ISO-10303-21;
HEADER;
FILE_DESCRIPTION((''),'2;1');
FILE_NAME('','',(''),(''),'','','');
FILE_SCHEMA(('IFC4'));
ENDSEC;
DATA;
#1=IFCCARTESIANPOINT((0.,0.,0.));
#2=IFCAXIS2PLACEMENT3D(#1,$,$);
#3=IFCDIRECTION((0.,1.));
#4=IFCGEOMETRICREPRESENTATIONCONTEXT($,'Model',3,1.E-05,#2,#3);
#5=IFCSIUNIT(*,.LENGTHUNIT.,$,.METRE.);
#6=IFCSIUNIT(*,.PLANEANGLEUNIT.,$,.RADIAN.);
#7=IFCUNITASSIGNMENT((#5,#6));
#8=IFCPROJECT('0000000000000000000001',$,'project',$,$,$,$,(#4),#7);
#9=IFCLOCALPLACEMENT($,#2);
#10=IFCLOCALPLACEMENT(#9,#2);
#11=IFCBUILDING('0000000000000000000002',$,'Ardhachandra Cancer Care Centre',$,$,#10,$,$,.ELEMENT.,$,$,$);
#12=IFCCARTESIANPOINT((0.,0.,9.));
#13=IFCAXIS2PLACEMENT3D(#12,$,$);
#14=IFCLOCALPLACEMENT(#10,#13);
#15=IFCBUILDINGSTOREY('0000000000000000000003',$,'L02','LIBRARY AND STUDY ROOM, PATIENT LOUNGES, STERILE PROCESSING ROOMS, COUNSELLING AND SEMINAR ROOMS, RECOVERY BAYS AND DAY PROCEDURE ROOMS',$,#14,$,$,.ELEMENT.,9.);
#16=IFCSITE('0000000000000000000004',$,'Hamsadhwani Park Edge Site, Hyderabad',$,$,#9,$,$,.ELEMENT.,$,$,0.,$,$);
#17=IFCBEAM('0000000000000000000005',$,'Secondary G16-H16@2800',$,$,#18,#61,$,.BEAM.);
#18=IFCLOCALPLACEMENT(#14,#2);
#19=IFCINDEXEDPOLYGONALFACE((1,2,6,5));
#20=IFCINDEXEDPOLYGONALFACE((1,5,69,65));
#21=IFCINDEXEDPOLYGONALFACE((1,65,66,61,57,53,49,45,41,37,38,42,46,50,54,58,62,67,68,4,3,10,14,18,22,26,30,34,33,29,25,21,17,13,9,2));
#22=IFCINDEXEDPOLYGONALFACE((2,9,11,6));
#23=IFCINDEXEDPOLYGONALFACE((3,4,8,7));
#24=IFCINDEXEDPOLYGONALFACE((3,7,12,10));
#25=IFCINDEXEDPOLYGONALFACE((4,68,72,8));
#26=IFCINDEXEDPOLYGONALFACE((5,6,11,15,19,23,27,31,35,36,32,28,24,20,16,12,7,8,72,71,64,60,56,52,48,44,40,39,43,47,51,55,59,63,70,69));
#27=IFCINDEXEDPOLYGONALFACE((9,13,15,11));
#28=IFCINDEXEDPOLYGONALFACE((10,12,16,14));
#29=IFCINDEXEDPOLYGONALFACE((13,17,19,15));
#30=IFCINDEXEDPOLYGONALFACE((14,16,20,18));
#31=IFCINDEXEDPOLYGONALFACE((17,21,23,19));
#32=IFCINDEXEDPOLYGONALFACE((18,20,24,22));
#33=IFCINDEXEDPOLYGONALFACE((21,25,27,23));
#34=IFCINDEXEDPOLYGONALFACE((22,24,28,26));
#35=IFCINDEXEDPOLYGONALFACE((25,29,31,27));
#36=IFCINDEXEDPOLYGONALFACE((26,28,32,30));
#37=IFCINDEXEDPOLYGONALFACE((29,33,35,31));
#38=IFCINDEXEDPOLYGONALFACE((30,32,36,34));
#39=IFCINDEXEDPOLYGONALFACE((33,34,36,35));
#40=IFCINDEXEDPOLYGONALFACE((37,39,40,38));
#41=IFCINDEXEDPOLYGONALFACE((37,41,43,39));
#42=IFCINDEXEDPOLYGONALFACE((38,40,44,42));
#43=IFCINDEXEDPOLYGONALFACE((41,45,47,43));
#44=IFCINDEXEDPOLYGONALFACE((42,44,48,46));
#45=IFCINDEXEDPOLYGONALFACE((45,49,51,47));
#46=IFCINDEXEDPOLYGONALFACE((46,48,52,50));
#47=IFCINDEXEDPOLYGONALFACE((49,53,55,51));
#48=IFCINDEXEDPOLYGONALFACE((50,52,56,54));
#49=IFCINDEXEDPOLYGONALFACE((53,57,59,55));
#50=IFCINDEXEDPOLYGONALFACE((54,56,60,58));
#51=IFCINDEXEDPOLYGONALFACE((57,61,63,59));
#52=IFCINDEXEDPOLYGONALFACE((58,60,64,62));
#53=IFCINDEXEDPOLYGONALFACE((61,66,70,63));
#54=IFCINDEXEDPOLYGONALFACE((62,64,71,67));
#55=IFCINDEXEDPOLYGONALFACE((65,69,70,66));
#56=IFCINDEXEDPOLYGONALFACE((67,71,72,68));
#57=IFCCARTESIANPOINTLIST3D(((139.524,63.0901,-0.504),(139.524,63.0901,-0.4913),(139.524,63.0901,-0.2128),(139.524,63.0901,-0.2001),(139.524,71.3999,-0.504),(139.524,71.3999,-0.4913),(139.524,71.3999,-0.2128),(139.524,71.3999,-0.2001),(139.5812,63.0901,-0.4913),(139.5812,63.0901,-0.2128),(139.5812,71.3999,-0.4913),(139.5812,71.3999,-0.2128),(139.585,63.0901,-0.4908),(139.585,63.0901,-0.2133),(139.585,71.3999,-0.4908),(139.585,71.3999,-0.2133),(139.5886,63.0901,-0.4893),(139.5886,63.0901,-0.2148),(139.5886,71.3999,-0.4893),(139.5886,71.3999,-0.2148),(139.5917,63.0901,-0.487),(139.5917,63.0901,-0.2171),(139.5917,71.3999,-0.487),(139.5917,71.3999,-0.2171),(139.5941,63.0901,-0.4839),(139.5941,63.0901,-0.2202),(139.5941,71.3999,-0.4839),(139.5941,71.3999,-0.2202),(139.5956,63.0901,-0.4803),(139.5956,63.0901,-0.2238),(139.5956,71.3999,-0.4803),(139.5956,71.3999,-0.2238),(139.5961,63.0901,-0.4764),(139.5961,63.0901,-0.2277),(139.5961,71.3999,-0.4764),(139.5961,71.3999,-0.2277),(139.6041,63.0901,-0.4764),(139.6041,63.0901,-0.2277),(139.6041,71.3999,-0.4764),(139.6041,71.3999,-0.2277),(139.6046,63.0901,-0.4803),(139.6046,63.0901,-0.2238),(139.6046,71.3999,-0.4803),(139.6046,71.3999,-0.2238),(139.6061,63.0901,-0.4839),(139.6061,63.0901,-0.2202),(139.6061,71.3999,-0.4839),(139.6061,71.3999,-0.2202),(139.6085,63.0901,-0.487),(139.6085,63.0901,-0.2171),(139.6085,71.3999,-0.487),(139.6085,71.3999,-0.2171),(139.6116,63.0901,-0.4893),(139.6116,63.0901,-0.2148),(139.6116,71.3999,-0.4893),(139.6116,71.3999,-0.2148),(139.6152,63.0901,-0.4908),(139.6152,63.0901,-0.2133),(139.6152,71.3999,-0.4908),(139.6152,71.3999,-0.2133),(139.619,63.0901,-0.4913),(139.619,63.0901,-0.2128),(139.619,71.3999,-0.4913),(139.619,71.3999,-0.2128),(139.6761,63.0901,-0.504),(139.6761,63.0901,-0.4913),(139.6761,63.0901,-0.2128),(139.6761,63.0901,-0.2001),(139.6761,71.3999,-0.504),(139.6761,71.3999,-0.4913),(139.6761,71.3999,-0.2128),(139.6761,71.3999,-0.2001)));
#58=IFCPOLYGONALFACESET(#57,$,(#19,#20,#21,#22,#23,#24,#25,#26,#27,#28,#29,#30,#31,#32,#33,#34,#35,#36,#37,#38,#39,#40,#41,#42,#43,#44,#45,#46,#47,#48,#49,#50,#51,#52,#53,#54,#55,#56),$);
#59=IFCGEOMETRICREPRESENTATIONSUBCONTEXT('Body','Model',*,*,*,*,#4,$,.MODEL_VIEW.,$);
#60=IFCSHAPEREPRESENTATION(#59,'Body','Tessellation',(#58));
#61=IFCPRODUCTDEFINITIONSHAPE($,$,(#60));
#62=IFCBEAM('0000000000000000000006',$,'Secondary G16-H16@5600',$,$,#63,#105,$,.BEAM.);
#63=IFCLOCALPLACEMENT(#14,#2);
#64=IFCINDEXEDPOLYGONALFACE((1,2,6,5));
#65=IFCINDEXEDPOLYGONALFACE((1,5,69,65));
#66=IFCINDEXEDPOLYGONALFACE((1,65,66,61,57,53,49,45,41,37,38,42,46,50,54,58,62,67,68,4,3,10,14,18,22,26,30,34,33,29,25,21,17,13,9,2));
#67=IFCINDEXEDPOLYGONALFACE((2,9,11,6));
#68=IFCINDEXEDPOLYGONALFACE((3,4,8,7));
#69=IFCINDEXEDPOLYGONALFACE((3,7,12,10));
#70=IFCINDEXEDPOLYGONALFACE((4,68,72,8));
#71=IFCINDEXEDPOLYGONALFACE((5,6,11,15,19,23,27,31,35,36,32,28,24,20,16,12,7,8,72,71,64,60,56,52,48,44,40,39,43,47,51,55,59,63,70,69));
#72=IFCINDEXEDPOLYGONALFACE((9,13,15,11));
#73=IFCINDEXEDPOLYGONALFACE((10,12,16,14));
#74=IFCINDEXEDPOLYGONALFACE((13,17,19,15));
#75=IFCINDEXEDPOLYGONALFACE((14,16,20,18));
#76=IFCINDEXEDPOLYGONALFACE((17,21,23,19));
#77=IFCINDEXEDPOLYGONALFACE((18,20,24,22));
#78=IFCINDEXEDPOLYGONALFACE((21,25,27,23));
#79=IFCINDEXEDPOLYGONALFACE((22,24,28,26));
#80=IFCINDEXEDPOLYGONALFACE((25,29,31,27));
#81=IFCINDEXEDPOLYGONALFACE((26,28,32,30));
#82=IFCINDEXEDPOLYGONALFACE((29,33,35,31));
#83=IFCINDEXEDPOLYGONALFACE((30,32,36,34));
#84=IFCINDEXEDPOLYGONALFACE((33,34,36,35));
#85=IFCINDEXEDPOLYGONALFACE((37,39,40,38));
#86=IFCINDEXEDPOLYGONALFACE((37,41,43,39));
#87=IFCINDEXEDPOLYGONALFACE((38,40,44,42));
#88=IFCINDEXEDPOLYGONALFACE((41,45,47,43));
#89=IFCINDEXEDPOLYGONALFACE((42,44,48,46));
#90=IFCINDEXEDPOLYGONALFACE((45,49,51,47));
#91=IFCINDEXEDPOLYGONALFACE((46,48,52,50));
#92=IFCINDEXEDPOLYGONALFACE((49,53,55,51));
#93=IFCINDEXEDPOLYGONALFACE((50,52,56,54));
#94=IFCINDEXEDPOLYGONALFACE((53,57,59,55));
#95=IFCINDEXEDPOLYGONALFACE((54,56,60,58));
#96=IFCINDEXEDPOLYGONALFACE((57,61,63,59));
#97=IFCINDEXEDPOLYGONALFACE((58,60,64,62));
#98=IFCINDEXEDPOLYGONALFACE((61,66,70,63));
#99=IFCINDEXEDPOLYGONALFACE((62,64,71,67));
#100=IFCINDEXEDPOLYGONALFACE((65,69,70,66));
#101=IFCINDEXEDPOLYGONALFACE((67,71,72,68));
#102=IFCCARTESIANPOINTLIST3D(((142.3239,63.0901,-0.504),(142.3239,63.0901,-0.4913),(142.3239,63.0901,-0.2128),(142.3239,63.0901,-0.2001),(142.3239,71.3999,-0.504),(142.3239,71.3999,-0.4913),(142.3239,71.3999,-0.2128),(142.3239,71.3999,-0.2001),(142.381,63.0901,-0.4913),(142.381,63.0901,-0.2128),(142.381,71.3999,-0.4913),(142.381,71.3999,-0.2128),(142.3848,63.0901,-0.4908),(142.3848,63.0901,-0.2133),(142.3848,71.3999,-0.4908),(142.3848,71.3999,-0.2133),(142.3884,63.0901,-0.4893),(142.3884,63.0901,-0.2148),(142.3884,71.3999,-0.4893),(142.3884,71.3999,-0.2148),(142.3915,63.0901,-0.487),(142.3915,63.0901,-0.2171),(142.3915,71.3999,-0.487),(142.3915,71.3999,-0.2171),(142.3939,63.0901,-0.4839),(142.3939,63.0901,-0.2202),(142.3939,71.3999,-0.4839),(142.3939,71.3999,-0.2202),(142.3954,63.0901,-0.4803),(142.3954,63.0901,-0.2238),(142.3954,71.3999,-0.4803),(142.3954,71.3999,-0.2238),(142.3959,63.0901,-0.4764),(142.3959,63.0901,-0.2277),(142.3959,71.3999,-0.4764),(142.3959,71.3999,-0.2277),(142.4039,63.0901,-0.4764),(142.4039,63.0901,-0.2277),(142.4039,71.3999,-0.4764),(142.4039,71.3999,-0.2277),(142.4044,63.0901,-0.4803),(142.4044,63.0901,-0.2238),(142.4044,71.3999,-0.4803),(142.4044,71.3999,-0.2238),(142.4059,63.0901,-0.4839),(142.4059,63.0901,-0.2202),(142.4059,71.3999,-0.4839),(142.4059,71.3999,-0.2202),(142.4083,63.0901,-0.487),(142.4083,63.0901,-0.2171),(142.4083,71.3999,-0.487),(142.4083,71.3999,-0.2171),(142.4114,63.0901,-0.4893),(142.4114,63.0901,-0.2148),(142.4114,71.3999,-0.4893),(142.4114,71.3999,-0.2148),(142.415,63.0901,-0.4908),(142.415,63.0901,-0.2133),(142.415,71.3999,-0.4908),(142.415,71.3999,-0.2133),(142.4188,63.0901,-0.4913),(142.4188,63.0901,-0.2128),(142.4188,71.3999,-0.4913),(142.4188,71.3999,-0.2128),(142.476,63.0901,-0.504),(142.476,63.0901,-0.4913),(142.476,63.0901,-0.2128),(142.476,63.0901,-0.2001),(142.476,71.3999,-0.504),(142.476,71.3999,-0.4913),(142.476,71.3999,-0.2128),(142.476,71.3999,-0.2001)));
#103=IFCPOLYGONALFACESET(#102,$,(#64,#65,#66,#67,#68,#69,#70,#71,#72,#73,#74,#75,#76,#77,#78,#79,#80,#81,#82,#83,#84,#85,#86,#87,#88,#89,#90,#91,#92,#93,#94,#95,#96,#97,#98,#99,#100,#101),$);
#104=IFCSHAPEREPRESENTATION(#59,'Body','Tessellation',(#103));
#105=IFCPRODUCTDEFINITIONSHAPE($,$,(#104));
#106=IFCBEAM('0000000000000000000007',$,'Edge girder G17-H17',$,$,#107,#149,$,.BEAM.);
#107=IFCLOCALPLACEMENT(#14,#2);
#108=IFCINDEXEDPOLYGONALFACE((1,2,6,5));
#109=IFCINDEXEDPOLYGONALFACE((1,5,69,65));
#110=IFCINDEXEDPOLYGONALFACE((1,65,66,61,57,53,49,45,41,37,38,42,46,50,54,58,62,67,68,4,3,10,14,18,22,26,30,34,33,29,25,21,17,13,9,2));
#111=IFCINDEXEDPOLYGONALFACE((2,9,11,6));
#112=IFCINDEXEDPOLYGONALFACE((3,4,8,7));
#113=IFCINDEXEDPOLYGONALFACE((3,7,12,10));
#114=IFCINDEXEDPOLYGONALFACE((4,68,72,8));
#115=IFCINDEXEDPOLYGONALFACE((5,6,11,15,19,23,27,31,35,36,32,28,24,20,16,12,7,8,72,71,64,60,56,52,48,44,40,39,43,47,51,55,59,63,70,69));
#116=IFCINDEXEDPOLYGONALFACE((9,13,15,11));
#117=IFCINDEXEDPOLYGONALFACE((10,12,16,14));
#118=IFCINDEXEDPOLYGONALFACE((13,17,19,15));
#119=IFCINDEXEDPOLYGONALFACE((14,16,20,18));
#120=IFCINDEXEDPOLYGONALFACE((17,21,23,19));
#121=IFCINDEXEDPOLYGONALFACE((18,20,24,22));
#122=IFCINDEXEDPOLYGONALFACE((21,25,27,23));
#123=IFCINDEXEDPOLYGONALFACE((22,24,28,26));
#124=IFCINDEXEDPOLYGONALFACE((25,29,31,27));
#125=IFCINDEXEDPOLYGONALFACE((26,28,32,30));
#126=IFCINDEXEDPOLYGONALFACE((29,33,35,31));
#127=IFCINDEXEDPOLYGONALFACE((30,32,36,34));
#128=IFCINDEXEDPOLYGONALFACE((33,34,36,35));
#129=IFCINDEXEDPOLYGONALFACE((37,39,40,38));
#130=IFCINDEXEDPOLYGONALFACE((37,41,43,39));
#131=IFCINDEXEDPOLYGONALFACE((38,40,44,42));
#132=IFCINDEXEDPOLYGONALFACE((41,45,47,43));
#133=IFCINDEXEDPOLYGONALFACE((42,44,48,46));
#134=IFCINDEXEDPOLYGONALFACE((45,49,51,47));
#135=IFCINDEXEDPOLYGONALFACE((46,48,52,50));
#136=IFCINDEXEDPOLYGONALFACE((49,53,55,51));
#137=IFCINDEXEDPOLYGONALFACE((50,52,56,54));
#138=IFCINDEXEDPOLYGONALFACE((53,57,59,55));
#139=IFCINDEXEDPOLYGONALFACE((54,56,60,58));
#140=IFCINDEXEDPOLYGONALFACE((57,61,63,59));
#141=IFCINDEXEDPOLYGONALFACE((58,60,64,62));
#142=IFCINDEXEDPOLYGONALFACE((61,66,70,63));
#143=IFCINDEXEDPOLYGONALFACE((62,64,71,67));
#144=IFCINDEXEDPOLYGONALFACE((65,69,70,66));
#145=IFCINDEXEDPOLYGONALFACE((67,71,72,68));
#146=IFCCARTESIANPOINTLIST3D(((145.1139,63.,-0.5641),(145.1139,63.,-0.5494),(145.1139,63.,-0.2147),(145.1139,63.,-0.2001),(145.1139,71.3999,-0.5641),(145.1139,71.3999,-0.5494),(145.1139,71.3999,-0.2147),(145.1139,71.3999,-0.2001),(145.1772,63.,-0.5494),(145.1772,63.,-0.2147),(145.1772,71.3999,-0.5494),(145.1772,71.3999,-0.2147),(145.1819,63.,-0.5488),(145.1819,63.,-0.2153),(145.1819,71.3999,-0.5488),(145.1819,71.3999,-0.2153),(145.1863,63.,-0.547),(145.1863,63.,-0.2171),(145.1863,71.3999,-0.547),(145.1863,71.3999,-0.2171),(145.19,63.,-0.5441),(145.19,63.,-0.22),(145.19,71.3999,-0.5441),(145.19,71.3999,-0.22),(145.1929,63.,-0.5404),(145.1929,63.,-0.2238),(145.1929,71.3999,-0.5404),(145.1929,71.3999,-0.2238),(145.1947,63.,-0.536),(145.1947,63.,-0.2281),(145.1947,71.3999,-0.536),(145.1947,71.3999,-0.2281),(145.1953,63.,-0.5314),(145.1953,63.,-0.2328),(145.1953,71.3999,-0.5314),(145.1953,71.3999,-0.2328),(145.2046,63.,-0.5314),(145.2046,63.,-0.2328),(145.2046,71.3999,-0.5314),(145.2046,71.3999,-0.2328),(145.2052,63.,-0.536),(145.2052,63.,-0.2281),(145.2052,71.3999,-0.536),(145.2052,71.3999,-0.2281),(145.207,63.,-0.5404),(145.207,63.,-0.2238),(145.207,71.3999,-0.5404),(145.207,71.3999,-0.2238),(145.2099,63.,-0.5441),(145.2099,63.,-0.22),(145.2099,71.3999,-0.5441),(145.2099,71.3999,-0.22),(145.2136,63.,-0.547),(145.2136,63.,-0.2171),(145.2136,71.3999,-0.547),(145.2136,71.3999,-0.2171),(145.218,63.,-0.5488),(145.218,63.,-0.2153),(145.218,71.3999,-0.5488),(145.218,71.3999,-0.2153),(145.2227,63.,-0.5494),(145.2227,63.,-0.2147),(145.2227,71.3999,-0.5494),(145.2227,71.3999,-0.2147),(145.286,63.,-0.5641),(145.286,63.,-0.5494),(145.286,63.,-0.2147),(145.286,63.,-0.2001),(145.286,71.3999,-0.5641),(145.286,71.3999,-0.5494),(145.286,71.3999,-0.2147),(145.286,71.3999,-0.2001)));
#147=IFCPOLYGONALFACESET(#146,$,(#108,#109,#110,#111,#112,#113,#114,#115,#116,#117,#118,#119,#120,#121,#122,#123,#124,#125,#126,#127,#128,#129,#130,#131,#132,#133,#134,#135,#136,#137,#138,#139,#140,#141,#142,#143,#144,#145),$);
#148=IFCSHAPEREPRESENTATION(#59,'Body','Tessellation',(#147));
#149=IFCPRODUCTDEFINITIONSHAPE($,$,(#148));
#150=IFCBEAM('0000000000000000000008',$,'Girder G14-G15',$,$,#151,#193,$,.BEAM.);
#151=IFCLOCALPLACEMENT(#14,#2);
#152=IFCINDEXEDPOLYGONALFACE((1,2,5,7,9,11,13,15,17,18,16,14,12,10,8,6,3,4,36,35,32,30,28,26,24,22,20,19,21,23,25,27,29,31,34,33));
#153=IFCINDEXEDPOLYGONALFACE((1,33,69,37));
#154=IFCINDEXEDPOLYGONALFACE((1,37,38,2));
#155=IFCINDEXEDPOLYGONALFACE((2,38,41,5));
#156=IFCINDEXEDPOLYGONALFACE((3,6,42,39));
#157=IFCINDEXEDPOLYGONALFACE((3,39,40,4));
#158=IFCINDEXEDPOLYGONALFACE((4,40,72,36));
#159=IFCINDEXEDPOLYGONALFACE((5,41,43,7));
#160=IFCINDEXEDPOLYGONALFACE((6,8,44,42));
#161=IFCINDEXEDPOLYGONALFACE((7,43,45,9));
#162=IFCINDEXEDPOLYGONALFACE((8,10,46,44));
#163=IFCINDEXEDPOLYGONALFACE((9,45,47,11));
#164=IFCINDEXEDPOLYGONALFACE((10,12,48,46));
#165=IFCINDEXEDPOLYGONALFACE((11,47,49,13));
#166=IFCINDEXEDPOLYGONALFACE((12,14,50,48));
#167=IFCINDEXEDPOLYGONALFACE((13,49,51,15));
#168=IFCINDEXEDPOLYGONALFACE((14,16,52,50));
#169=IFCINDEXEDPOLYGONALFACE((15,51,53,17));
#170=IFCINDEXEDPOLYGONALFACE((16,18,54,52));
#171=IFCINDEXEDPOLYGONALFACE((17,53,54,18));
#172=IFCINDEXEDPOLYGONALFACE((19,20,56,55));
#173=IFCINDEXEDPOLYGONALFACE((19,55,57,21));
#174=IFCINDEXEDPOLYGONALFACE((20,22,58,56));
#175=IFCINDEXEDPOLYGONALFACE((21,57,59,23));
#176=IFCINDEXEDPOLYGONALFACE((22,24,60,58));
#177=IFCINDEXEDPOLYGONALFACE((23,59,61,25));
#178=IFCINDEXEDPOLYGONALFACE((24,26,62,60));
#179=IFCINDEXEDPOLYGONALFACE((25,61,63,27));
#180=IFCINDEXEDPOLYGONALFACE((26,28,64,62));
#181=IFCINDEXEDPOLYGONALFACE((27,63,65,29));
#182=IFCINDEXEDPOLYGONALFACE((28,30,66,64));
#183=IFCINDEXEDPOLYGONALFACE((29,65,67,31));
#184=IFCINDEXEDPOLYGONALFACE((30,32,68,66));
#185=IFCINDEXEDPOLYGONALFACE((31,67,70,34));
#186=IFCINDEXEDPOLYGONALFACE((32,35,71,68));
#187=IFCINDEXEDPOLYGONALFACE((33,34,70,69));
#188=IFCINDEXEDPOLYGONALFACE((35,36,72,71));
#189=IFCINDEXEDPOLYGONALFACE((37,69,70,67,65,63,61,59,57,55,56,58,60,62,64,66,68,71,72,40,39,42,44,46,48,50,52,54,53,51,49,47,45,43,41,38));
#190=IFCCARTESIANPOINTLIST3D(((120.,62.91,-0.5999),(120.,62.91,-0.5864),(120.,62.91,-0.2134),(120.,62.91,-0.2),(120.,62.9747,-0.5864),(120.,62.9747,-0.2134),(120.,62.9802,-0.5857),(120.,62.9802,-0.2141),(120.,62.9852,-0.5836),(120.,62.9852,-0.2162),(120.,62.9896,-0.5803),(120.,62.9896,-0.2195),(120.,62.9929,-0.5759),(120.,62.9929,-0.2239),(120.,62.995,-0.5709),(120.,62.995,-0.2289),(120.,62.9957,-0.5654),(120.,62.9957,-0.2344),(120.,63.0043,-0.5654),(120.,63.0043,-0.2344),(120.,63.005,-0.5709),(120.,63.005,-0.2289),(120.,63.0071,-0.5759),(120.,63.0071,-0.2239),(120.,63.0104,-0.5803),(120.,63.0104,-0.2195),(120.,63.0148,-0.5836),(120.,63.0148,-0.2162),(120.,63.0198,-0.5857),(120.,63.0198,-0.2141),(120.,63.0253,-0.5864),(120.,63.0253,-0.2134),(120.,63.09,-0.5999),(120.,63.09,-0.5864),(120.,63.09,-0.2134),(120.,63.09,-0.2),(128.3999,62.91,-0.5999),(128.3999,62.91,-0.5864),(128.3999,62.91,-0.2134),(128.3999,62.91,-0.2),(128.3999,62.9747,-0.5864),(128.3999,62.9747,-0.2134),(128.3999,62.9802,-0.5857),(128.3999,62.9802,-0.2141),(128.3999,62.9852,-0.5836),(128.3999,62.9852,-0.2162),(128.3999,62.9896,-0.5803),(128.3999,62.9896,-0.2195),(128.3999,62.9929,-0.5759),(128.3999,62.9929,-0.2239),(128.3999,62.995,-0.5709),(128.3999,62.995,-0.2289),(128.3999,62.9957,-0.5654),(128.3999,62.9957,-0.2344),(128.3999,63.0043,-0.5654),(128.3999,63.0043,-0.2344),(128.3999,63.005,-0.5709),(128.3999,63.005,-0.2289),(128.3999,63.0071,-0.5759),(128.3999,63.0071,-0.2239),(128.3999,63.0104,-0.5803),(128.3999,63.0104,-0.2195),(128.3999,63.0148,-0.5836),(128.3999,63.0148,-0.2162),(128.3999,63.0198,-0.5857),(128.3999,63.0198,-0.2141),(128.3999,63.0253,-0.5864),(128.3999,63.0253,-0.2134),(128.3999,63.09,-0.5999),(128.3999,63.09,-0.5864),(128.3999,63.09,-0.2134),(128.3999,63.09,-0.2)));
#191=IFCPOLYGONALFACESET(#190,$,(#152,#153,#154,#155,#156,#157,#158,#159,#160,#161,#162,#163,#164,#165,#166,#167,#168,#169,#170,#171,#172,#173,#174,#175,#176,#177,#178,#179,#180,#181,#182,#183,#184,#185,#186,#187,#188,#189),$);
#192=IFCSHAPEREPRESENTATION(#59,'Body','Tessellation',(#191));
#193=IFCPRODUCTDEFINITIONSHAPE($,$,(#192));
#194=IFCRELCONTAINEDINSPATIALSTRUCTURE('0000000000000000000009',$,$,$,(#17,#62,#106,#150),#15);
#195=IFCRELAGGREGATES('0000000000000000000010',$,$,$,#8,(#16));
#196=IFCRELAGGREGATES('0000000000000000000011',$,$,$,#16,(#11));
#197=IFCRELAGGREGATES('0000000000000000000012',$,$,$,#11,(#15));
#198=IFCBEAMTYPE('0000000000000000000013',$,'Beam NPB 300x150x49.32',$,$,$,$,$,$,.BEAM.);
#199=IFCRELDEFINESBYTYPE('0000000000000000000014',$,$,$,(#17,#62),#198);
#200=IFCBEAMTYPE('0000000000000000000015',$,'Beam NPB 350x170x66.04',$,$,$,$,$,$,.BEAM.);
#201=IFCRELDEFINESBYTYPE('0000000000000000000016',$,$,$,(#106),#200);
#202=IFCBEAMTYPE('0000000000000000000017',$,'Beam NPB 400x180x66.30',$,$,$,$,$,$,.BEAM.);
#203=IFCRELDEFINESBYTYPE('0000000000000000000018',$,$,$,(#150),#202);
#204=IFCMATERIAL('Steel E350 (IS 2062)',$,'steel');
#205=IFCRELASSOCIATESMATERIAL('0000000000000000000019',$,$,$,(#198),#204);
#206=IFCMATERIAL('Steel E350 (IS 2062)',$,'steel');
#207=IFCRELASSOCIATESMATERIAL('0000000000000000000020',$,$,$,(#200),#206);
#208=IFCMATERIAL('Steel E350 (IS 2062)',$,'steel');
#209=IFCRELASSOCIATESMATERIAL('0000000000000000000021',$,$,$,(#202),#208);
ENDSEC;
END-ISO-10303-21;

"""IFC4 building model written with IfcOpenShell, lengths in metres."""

from ifc_helpers import new_model, si_unit, direction, frame, origin, origin_2d, place, context, subcontext, project, spatial, i_section, extrude, material, material_profile, profile_set, type_object, element, save


model = new_model("IFC4")

# Units and contexts
model_context = context("Model", 3, precision=1e-05, world=origin(), true_north=direction((0.0, 1.0)))
body_context = subcontext(model_context, "Body", "Model", "MODEL_VIEW")
ifc_project = project(units=[si_unit("LENGTHUNIT", "METRE"), si_unit("PLANEANGLEUNIT", "RADIAN")], contexts=[model_context])

# Site, building, storey
site_placement = place(None, origin())
site = spatial("IfcSite", under=ifc_project, at=site_placement, Name="Hamsadhwani Park Edge Site, Hyderabad", CompositionType="ELEMENT", RefElevation=0.0)
building_placement = place(site_placement, origin())
building = spatial("IfcBuilding", under=site, at=building_placement, Name="Ardhachandra Cancer Care Centre", CompositionType="ELEMENT")
storey_placement = place(building_placement, frame((0.0, 0.0, 9.0)))
storey = spatial("IfcBuildingStorey", under=building, at=storey_placement, Name="L02", Description="LIBRARY AND STUDY ROOM, PATIENT LOUNGES, STERILE PROCESSING ROOMS, COUNSELLING AND SEMINAR ROOMS, RECOVERY BAYS AND DAY PROCEDURE ROOMS", CompositionType="ELEMENT", Elevation=9.0)

# Beams
ifc_material_1 = material(Name="Steel E350 (IS 2062)", Category="steel")
ifc_material_profile_1 = material_profile(ifc_material_1, i_section(OverallWidth=0.1521, OverallDepth=0.304, WebThickness=0.0081, FlangeThickness=0.0127, FilletRadius=0.0149, at=origin_2d()), Name="NPB 300x150x49.32")
ifc_profile_set_1 = profile_set([ifc_material_profile_1], Name="Steel E350 (IS 2062)")
beam_type_1 = type_object("IfcBeamType", Name="Beam NPB 300x150x49.32", PredefinedType="BEAM", material=ifc_profile_set_1)
for number, where, z_axis, x_axis, name in (
    (1, (139.6001, 63.0901, -0.3521), (0.0, 1.0, 0.0), (-1.0, 0.0, 0.0), "Secondary G16-H16@2800"),
    (2, (142.3999, 63.0901, -0.3521), (0.0, 1.0, 0.0), (-1.0, 0.0, 0.0), "Secondary G16-H16@5600"),
):
    element("IfcBeam", number, at=place(storey_placement, frame(where, z_axis=z_axis, x_axis=x_axis)), inside=storey, type_object=beam_type_1, Name=name, PredefinedType="BEAM", context=body_context, shape_type="SweptSolid", body=[
        extrude(i_section(OverallWidth=0.1521, OverallDepth=0.304, WebThickness=0.0081, FlangeThickness=0.0127, FilletRadius=0.0149, at=origin_2d()), origin(), (0.0, 0.0, 1.0), 8.3098),
    ])
ifc_material_2 = material(Name="Steel E350 (IS 2062)", Category="steel")
ifc_material_profile_2 = material_profile(ifc_material_2, i_section(OverallWidth=0.1721, OverallDepth=0.364, WebThickness=0.0093, FlangeThickness=0.0146, FilletRadius=0.0181, at=origin_2d()), Name="NPB 350x170x66.04")
ifc_profile_set_2 = profile_set([ifc_material_profile_2], Name="Steel E350 (IS 2062)")
beam_type_2 = type_object("IfcBeamType", Name="Beam NPB 350x170x66.04", PredefinedType="BEAM", material=ifc_profile_set_2)
beam_1_placement = place(storey_placement, frame((145.2, 63.0, -0.3821), z_axis=(0.0, 1.0, 0.0), x_axis=(-1.0, 0.0, 0.0)))
element("IfcBeam", 3, at=beam_1_placement, inside=storey, type_object=beam_type_2, Name="Edge girder G17-H17", PredefinedType="BEAM", context=body_context, shape_type="SweptSolid", body=[
    extrude(i_section(OverallWidth=0.1721, OverallDepth=0.364, WebThickness=0.0093, FlangeThickness=0.0146, FilletRadius=0.0181, at=origin_2d()), origin(), (0.0, 0.0, 1.0), 8.3999),
])
ifc_material_3 = material(Name="Steel E350 (IS 2062)", Category="steel")
ifc_material_profile_3 = material_profile(ifc_material_3, i_section(OverallWidth=0.1799, OverallDepth=0.3999, WebThickness=0.0085, FlangeThickness=0.0134, FilletRadius=0.021, at=origin_2d()), Name="NPB 400x180x66.30")
ifc_profile_set_3 = profile_set([ifc_material_profile_3], Name="Steel E350 (IS 2062)")
beam_type_3 = type_object("IfcBeamType", Name="Beam NPB 400x180x66.30", PredefinedType="BEAM", material=ifc_profile_set_3)
beam_2_placement = place(storey_placement, frame((120.0, 63.0, -0.3999), z_axis=(1.0, 0.0, 0.0), x_axis=(0.0, 1.0, 0.0)))
element("IfcBeam", 4, at=beam_2_placement, inside=storey, type_object=beam_type_3, Name="Girder G14-G15", PredefinedType="BEAM", context=body_context, shape_type="SweptSolid", body=[
    extrude(i_section(OverallWidth=0.1799, OverallDepth=0.3999, WebThickness=0.0085, FlangeThickness=0.0134, FilletRadius=0.021, at=origin_2d()), origin(), (0.0, 0.0, 1.0), 8.3999),
])

save(model, "model.ifc")
